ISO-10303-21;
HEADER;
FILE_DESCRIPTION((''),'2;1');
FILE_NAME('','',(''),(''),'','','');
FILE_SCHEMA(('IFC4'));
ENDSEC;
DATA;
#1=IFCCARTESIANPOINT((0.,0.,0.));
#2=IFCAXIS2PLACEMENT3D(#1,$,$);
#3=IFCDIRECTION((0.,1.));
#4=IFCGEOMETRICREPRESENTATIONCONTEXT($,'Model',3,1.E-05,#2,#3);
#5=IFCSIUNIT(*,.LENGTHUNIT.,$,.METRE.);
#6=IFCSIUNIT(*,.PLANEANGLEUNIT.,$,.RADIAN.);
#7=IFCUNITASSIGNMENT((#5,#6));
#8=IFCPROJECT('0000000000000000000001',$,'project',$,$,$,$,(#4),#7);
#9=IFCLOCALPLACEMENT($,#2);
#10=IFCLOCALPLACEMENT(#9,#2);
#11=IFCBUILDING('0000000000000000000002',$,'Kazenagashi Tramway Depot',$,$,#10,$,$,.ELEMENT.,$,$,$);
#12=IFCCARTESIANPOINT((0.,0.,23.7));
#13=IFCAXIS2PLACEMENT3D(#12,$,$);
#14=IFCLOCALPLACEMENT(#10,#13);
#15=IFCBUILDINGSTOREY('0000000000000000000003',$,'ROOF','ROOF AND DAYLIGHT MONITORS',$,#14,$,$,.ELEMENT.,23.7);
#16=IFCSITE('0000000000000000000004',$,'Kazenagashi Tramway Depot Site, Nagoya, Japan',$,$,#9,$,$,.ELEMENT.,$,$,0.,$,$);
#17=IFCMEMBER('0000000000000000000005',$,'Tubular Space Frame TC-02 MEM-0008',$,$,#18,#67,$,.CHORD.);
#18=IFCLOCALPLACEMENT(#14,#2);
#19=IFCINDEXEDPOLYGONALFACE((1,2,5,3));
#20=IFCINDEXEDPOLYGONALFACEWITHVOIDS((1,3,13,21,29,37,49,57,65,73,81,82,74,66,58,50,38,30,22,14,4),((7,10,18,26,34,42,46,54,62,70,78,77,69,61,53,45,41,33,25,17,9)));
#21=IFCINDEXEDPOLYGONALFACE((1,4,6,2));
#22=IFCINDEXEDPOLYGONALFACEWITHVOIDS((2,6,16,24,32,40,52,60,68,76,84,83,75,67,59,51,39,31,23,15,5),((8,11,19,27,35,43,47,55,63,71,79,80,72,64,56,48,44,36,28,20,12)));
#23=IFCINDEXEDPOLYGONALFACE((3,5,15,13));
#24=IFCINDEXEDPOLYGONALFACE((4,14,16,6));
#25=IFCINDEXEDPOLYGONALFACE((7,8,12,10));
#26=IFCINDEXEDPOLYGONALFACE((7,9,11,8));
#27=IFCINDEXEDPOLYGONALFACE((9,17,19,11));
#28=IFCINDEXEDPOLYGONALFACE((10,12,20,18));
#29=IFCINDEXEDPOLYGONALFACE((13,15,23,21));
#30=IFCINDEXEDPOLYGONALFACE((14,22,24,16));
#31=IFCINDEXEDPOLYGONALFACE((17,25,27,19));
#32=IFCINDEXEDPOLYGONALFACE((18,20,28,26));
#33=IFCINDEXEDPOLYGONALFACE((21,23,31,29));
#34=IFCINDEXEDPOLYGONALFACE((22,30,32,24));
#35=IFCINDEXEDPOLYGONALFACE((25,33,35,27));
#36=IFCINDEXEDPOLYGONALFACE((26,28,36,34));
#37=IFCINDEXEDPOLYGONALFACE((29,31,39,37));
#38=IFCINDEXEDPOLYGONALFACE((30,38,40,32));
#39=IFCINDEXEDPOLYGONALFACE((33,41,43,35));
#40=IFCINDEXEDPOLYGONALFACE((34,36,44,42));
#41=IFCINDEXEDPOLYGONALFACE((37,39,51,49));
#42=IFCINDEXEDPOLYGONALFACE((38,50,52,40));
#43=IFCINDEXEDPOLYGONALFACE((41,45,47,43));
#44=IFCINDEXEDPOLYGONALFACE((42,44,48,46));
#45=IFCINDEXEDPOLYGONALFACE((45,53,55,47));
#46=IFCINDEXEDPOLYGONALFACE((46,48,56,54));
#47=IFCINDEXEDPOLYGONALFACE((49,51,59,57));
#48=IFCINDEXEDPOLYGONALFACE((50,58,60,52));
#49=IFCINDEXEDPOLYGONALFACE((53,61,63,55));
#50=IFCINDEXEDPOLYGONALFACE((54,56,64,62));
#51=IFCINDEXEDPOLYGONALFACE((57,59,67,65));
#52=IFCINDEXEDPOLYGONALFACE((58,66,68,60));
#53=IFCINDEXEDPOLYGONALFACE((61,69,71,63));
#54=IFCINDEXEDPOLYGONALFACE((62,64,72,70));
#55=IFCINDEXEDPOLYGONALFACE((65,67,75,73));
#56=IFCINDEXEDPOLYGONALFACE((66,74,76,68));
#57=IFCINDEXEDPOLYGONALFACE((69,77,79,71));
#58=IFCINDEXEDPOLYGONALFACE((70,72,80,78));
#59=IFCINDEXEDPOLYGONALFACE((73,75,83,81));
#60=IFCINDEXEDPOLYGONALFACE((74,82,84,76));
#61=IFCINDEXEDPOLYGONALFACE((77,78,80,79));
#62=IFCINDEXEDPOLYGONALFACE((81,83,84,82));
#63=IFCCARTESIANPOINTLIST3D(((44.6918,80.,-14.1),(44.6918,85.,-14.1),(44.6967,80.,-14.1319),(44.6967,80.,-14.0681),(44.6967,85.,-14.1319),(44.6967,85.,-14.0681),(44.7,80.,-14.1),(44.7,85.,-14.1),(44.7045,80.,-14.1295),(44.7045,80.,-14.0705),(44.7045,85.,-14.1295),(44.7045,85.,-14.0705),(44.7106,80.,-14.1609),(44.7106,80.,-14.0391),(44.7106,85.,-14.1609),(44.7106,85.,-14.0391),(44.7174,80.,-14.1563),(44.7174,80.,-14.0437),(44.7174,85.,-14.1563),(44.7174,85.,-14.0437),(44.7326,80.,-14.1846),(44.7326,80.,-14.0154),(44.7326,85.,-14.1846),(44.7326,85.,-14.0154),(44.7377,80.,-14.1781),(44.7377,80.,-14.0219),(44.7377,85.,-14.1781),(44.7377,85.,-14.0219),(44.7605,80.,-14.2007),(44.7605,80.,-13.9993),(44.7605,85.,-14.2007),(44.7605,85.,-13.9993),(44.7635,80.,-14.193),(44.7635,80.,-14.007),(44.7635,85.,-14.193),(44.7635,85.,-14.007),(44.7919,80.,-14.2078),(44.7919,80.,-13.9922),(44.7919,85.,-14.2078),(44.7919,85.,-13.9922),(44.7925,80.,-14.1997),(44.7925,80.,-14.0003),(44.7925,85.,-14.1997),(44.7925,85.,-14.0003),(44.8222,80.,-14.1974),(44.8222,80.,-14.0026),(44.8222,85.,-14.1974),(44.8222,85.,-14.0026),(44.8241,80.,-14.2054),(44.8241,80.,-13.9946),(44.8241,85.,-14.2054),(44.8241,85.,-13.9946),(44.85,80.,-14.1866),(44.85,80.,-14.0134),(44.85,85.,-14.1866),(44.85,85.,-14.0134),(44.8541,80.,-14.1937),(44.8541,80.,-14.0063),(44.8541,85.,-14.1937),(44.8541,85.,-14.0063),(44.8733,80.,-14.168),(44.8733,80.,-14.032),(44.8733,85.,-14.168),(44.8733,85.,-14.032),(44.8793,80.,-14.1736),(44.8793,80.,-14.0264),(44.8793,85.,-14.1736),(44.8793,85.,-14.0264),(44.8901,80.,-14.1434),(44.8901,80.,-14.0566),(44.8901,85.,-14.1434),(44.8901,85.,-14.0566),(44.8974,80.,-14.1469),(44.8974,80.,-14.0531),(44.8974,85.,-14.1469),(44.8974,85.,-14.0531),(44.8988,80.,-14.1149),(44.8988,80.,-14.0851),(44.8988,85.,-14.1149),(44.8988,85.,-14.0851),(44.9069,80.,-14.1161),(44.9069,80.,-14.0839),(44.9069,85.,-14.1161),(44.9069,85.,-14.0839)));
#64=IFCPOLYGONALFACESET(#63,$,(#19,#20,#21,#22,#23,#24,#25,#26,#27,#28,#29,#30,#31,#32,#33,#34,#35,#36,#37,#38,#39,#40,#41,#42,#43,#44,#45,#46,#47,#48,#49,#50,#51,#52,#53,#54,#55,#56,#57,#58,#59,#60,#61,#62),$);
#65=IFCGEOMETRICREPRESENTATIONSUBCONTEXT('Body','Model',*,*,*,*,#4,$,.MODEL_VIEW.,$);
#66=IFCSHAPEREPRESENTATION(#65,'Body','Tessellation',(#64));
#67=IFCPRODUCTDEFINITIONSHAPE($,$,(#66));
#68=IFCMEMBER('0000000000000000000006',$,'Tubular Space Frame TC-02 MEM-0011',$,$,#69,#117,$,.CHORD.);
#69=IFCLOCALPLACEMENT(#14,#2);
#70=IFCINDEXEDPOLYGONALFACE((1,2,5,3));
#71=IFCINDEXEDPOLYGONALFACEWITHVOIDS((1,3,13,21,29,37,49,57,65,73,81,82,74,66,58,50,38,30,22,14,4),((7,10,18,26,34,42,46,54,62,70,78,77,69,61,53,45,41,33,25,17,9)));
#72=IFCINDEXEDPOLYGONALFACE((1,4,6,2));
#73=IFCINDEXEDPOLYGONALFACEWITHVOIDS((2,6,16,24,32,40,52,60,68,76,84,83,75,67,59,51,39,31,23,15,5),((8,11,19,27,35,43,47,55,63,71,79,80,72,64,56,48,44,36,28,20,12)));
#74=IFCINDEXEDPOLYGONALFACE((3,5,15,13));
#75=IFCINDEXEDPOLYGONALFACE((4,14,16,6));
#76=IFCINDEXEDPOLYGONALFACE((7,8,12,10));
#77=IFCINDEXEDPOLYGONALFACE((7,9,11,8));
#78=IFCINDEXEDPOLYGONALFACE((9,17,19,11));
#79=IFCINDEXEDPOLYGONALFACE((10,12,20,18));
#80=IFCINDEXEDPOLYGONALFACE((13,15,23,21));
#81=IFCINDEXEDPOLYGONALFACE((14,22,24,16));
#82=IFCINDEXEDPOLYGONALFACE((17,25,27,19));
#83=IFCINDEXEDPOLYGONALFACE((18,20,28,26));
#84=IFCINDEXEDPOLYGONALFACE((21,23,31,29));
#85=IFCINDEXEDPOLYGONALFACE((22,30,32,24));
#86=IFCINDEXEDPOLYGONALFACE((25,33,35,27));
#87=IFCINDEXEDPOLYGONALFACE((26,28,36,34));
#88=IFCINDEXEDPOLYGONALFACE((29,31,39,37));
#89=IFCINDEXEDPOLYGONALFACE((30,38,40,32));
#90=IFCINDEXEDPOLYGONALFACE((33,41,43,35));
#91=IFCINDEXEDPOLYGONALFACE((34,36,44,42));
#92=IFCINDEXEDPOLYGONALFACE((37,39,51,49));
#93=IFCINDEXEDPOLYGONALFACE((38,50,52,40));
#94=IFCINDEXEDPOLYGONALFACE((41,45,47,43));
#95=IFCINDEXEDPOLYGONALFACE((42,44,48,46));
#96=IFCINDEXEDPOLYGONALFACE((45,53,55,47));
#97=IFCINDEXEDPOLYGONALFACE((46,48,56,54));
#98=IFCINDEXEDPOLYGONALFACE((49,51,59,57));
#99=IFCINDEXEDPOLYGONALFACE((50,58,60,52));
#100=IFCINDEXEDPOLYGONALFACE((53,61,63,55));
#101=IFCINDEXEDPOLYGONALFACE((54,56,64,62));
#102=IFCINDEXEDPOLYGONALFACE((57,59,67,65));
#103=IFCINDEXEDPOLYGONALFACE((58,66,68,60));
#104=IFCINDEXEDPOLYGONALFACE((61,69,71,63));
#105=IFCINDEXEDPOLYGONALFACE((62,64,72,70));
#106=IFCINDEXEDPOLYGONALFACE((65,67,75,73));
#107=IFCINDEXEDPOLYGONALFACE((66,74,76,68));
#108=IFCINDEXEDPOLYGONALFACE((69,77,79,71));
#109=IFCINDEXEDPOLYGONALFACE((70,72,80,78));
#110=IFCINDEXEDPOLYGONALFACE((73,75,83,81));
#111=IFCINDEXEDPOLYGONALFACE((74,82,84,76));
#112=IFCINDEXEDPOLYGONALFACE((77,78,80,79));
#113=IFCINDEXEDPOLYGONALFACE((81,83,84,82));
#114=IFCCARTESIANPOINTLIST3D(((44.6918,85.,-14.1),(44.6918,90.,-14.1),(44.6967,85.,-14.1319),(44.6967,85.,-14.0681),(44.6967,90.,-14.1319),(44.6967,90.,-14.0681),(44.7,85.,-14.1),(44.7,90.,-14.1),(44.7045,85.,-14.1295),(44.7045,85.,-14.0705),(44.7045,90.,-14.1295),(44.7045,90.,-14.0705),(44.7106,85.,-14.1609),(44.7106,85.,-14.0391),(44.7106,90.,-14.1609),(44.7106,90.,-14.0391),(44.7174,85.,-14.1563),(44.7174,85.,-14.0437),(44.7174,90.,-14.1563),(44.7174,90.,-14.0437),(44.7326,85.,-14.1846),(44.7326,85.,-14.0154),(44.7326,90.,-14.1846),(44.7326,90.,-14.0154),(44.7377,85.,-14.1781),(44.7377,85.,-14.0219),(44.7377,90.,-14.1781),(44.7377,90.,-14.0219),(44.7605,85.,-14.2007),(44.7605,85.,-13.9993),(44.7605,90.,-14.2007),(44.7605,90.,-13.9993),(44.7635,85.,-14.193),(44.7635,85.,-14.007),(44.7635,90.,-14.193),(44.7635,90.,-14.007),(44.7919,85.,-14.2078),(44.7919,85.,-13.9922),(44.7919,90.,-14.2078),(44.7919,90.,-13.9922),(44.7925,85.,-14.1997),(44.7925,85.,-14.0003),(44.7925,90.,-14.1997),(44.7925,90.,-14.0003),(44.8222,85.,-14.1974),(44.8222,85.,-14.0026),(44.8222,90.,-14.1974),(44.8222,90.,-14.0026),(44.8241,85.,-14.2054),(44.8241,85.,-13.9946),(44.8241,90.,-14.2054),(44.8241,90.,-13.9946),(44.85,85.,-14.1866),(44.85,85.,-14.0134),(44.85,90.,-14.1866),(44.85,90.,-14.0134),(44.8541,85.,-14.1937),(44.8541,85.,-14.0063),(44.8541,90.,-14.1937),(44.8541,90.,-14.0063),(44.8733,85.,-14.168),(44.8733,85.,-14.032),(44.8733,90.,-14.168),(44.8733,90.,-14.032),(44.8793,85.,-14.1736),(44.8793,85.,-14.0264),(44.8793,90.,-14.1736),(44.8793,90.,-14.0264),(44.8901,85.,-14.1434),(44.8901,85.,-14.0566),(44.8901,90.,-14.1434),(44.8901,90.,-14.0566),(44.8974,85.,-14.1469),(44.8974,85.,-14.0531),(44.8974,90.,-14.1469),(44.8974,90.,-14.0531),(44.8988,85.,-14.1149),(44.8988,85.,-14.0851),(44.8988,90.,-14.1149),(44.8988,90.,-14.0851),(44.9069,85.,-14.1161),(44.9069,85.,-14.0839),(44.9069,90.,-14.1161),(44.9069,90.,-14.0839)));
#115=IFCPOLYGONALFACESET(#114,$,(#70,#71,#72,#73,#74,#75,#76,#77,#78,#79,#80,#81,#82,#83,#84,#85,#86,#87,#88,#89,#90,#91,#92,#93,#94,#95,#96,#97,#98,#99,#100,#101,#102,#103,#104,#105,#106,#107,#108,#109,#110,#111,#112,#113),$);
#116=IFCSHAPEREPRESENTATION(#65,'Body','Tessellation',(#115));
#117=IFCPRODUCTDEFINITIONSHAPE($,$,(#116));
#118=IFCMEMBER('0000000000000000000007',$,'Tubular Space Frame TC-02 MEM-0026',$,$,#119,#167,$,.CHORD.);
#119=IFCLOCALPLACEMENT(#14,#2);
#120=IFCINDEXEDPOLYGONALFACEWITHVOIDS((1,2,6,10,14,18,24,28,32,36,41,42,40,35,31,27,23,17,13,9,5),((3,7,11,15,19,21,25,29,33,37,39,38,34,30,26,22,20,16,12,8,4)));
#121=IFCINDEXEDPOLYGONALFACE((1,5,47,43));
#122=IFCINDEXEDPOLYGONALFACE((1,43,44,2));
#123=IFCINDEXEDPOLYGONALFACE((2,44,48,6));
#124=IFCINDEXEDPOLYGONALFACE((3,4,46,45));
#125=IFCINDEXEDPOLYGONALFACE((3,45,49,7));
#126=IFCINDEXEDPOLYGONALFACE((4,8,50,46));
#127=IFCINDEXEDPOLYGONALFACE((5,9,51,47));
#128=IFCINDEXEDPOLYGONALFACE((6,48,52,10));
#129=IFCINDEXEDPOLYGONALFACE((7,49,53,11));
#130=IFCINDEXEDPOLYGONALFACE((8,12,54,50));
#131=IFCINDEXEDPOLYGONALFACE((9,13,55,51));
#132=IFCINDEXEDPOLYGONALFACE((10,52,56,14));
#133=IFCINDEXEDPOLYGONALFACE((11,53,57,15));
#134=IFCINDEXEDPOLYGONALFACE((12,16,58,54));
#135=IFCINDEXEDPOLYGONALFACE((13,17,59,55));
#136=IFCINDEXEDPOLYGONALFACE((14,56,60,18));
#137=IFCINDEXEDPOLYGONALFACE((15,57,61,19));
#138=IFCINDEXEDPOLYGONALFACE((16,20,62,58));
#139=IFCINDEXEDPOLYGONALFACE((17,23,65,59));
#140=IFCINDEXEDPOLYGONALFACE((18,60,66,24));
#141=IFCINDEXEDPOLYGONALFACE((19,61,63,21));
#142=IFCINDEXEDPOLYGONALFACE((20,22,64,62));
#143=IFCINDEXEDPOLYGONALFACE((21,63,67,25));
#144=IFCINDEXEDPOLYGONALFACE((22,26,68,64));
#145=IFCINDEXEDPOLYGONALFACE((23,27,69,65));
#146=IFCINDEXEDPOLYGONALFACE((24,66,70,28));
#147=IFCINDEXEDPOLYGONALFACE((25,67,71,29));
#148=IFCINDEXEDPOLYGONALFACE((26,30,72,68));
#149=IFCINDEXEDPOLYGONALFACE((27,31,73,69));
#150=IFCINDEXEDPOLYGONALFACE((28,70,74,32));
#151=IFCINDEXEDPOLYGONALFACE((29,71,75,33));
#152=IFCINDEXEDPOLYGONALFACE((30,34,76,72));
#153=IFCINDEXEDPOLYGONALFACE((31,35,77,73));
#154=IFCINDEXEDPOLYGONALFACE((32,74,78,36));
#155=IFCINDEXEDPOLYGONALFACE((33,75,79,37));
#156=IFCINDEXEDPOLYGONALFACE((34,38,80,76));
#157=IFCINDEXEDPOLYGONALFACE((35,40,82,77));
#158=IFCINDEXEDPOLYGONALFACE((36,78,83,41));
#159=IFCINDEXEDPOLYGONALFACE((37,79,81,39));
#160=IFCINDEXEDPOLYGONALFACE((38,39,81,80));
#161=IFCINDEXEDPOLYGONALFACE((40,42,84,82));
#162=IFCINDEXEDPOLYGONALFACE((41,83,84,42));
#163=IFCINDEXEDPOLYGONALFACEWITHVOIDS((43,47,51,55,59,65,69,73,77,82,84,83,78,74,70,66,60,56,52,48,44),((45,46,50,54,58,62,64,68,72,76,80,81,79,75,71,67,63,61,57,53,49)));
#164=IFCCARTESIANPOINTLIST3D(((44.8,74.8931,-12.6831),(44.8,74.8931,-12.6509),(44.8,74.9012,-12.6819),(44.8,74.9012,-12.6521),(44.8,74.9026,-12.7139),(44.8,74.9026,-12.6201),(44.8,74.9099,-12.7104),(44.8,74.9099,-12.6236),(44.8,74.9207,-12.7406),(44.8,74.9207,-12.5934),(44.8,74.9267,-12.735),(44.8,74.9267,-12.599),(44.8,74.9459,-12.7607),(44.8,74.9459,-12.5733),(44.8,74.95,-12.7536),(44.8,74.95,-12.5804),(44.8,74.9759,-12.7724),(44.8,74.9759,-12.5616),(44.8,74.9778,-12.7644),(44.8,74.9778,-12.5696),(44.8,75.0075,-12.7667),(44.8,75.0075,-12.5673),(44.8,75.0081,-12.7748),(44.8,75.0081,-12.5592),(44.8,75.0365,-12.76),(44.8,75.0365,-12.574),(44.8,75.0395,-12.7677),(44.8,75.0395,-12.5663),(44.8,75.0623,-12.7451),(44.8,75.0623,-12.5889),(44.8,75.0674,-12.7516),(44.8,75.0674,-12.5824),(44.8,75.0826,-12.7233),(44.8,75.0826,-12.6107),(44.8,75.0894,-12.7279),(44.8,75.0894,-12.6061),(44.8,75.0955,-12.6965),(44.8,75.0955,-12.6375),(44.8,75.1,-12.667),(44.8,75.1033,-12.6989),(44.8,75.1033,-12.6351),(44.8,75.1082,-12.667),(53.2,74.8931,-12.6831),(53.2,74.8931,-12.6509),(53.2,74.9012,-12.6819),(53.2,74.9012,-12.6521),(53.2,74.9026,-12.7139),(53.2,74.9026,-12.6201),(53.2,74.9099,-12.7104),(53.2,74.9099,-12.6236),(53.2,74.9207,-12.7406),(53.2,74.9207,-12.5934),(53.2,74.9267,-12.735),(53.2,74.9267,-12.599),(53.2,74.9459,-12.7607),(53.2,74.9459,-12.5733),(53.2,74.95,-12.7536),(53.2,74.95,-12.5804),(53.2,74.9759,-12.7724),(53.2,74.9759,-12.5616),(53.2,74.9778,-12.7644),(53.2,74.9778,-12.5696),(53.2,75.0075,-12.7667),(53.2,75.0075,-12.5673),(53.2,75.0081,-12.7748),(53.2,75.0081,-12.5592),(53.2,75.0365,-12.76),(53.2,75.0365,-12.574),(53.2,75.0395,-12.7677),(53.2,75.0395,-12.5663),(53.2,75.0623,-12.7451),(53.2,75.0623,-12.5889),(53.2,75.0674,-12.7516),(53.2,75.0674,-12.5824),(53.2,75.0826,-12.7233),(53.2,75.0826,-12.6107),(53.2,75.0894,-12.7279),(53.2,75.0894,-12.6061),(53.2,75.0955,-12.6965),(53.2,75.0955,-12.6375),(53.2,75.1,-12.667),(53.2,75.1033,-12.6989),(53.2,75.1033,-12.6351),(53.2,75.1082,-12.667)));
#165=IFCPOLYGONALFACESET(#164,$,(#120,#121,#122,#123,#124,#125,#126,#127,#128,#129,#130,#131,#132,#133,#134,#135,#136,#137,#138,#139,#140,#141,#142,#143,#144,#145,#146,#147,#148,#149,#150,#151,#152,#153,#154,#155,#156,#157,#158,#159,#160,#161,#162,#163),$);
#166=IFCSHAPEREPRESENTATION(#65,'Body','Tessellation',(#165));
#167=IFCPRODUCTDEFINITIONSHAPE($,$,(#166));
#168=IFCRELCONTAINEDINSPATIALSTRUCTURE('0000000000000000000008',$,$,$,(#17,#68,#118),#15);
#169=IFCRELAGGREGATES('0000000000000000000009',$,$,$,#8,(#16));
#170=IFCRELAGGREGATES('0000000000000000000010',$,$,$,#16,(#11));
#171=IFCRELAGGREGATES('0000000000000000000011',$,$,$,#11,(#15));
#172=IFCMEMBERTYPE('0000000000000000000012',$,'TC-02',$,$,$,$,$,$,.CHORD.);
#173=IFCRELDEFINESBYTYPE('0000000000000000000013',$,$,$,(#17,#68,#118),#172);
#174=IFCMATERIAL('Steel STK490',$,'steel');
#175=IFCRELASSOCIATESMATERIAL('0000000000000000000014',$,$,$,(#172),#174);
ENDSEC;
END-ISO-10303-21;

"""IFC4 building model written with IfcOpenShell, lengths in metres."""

from ifc_helpers import new_model, si_unit, direction, frame, origin, origin_2d, place, context, subcontext, project, spatial, hollow_circle, extrude, material, material_profile, profile_set, type_object, element, save


model = new_model("IFC4")

# Units and contexts
model_context = context("Model", 3, precision=1e-05, world=origin(), true_north=direction((0.0, 1.0)))
body_context = subcontext(model_context, "Body", "Model", "MODEL_VIEW")
ifc_project = project(units=[si_unit("LENGTHUNIT", "METRE"), si_unit("PLANEANGLEUNIT", "RADIAN")], contexts=[model_context])

# Site, building, storey
site_placement = place(None, origin())
site = spatial("IfcSite", under=ifc_project, at=site_placement, Name="Kazenagashi Tramway Depot Site, Nagoya, Japan", CompositionType="ELEMENT", RefElevation=0.0)
building_placement = place(site_placement, origin())
building = spatial("IfcBuilding", under=site, at=building_placement, Name="Kazenagashi Tramway Depot", CompositionType="ELEMENT")
storey_placement = place(building_placement, frame((0.0, 0.0, 23.7)))
storey = spatial("IfcBuildingStorey", under=building, at=storey_placement, Name="ROOF", Description="ROOF AND DAYLIGHT MONITORS", CompositionType="ELEMENT", Elevation=23.7)

# Members
ifc_material_1 = material(Name="Steel STK490", Category="steel")
ifc_material_profile_1 = material_profile(ifc_material_1, hollow_circle(Radius=0.1081, WallThickness=0.0082, at=origin_2d()), Name="CHS-216.3x8.2")
ifc_profile_set_1 = profile_set([ifc_material_profile_1], Name="Steel STK490")
member_type_1 = type_object("IfcMemberType", Name="TC-02", PredefinedType="CHORD", material=ifc_profile_set_1)
for number, where, z_axis, x_axis, name in (
    (1, (44.8, 80.0, -14.1), (0.0, 1.0, 0.0), (-1.0, 0.0, 0.0), "Tubular Space Frame TC-02 MEM-0008"),
    (2, (44.8, 85.0, -14.1), (0.0, 1.0, 0.0), (-1.0, 0.0, 0.0), "Tubular Space Frame TC-02 MEM-0011"),
):
    element("IfcMember", number, at=place(storey_placement, frame(where, z_axis=z_axis, x_axis=x_axis)), inside=storey, type_object=member_type_1, Name=name, PredefinedType="CHORD", context=body_context, shape_type="SweptSolid", body=[
        extrude(hollow_circle(Radius=0.1081, WallThickness=0.0082, at=origin_2d()), origin(), (0.0, 0.0, 1.0), 5.0),
    ])
for number, where, z_axis, x_axis, name in (
    (3, (44.8, 75.0, -12.667), (1.0, 0.0, 0.0), (0.0, 1.0, 0.0), "Tubular Space Frame TC-02 MEM-0026"),
):
    element("IfcMember", number, at=place(storey_placement, frame(where, z_axis=z_axis, x_axis=x_axis)), inside=storey, type_object=member_type_1, Name=name, PredefinedType="CHORD", context=body_context, shape_type="SweptSolid", body=[
        extrude(hollow_circle(Radius=0.1081, WallThickness=0.0082, at=origin_2d()), origin(), (0.0, 0.0, 1.0), 8.4),
    ])

save(model, "model.ifc")
